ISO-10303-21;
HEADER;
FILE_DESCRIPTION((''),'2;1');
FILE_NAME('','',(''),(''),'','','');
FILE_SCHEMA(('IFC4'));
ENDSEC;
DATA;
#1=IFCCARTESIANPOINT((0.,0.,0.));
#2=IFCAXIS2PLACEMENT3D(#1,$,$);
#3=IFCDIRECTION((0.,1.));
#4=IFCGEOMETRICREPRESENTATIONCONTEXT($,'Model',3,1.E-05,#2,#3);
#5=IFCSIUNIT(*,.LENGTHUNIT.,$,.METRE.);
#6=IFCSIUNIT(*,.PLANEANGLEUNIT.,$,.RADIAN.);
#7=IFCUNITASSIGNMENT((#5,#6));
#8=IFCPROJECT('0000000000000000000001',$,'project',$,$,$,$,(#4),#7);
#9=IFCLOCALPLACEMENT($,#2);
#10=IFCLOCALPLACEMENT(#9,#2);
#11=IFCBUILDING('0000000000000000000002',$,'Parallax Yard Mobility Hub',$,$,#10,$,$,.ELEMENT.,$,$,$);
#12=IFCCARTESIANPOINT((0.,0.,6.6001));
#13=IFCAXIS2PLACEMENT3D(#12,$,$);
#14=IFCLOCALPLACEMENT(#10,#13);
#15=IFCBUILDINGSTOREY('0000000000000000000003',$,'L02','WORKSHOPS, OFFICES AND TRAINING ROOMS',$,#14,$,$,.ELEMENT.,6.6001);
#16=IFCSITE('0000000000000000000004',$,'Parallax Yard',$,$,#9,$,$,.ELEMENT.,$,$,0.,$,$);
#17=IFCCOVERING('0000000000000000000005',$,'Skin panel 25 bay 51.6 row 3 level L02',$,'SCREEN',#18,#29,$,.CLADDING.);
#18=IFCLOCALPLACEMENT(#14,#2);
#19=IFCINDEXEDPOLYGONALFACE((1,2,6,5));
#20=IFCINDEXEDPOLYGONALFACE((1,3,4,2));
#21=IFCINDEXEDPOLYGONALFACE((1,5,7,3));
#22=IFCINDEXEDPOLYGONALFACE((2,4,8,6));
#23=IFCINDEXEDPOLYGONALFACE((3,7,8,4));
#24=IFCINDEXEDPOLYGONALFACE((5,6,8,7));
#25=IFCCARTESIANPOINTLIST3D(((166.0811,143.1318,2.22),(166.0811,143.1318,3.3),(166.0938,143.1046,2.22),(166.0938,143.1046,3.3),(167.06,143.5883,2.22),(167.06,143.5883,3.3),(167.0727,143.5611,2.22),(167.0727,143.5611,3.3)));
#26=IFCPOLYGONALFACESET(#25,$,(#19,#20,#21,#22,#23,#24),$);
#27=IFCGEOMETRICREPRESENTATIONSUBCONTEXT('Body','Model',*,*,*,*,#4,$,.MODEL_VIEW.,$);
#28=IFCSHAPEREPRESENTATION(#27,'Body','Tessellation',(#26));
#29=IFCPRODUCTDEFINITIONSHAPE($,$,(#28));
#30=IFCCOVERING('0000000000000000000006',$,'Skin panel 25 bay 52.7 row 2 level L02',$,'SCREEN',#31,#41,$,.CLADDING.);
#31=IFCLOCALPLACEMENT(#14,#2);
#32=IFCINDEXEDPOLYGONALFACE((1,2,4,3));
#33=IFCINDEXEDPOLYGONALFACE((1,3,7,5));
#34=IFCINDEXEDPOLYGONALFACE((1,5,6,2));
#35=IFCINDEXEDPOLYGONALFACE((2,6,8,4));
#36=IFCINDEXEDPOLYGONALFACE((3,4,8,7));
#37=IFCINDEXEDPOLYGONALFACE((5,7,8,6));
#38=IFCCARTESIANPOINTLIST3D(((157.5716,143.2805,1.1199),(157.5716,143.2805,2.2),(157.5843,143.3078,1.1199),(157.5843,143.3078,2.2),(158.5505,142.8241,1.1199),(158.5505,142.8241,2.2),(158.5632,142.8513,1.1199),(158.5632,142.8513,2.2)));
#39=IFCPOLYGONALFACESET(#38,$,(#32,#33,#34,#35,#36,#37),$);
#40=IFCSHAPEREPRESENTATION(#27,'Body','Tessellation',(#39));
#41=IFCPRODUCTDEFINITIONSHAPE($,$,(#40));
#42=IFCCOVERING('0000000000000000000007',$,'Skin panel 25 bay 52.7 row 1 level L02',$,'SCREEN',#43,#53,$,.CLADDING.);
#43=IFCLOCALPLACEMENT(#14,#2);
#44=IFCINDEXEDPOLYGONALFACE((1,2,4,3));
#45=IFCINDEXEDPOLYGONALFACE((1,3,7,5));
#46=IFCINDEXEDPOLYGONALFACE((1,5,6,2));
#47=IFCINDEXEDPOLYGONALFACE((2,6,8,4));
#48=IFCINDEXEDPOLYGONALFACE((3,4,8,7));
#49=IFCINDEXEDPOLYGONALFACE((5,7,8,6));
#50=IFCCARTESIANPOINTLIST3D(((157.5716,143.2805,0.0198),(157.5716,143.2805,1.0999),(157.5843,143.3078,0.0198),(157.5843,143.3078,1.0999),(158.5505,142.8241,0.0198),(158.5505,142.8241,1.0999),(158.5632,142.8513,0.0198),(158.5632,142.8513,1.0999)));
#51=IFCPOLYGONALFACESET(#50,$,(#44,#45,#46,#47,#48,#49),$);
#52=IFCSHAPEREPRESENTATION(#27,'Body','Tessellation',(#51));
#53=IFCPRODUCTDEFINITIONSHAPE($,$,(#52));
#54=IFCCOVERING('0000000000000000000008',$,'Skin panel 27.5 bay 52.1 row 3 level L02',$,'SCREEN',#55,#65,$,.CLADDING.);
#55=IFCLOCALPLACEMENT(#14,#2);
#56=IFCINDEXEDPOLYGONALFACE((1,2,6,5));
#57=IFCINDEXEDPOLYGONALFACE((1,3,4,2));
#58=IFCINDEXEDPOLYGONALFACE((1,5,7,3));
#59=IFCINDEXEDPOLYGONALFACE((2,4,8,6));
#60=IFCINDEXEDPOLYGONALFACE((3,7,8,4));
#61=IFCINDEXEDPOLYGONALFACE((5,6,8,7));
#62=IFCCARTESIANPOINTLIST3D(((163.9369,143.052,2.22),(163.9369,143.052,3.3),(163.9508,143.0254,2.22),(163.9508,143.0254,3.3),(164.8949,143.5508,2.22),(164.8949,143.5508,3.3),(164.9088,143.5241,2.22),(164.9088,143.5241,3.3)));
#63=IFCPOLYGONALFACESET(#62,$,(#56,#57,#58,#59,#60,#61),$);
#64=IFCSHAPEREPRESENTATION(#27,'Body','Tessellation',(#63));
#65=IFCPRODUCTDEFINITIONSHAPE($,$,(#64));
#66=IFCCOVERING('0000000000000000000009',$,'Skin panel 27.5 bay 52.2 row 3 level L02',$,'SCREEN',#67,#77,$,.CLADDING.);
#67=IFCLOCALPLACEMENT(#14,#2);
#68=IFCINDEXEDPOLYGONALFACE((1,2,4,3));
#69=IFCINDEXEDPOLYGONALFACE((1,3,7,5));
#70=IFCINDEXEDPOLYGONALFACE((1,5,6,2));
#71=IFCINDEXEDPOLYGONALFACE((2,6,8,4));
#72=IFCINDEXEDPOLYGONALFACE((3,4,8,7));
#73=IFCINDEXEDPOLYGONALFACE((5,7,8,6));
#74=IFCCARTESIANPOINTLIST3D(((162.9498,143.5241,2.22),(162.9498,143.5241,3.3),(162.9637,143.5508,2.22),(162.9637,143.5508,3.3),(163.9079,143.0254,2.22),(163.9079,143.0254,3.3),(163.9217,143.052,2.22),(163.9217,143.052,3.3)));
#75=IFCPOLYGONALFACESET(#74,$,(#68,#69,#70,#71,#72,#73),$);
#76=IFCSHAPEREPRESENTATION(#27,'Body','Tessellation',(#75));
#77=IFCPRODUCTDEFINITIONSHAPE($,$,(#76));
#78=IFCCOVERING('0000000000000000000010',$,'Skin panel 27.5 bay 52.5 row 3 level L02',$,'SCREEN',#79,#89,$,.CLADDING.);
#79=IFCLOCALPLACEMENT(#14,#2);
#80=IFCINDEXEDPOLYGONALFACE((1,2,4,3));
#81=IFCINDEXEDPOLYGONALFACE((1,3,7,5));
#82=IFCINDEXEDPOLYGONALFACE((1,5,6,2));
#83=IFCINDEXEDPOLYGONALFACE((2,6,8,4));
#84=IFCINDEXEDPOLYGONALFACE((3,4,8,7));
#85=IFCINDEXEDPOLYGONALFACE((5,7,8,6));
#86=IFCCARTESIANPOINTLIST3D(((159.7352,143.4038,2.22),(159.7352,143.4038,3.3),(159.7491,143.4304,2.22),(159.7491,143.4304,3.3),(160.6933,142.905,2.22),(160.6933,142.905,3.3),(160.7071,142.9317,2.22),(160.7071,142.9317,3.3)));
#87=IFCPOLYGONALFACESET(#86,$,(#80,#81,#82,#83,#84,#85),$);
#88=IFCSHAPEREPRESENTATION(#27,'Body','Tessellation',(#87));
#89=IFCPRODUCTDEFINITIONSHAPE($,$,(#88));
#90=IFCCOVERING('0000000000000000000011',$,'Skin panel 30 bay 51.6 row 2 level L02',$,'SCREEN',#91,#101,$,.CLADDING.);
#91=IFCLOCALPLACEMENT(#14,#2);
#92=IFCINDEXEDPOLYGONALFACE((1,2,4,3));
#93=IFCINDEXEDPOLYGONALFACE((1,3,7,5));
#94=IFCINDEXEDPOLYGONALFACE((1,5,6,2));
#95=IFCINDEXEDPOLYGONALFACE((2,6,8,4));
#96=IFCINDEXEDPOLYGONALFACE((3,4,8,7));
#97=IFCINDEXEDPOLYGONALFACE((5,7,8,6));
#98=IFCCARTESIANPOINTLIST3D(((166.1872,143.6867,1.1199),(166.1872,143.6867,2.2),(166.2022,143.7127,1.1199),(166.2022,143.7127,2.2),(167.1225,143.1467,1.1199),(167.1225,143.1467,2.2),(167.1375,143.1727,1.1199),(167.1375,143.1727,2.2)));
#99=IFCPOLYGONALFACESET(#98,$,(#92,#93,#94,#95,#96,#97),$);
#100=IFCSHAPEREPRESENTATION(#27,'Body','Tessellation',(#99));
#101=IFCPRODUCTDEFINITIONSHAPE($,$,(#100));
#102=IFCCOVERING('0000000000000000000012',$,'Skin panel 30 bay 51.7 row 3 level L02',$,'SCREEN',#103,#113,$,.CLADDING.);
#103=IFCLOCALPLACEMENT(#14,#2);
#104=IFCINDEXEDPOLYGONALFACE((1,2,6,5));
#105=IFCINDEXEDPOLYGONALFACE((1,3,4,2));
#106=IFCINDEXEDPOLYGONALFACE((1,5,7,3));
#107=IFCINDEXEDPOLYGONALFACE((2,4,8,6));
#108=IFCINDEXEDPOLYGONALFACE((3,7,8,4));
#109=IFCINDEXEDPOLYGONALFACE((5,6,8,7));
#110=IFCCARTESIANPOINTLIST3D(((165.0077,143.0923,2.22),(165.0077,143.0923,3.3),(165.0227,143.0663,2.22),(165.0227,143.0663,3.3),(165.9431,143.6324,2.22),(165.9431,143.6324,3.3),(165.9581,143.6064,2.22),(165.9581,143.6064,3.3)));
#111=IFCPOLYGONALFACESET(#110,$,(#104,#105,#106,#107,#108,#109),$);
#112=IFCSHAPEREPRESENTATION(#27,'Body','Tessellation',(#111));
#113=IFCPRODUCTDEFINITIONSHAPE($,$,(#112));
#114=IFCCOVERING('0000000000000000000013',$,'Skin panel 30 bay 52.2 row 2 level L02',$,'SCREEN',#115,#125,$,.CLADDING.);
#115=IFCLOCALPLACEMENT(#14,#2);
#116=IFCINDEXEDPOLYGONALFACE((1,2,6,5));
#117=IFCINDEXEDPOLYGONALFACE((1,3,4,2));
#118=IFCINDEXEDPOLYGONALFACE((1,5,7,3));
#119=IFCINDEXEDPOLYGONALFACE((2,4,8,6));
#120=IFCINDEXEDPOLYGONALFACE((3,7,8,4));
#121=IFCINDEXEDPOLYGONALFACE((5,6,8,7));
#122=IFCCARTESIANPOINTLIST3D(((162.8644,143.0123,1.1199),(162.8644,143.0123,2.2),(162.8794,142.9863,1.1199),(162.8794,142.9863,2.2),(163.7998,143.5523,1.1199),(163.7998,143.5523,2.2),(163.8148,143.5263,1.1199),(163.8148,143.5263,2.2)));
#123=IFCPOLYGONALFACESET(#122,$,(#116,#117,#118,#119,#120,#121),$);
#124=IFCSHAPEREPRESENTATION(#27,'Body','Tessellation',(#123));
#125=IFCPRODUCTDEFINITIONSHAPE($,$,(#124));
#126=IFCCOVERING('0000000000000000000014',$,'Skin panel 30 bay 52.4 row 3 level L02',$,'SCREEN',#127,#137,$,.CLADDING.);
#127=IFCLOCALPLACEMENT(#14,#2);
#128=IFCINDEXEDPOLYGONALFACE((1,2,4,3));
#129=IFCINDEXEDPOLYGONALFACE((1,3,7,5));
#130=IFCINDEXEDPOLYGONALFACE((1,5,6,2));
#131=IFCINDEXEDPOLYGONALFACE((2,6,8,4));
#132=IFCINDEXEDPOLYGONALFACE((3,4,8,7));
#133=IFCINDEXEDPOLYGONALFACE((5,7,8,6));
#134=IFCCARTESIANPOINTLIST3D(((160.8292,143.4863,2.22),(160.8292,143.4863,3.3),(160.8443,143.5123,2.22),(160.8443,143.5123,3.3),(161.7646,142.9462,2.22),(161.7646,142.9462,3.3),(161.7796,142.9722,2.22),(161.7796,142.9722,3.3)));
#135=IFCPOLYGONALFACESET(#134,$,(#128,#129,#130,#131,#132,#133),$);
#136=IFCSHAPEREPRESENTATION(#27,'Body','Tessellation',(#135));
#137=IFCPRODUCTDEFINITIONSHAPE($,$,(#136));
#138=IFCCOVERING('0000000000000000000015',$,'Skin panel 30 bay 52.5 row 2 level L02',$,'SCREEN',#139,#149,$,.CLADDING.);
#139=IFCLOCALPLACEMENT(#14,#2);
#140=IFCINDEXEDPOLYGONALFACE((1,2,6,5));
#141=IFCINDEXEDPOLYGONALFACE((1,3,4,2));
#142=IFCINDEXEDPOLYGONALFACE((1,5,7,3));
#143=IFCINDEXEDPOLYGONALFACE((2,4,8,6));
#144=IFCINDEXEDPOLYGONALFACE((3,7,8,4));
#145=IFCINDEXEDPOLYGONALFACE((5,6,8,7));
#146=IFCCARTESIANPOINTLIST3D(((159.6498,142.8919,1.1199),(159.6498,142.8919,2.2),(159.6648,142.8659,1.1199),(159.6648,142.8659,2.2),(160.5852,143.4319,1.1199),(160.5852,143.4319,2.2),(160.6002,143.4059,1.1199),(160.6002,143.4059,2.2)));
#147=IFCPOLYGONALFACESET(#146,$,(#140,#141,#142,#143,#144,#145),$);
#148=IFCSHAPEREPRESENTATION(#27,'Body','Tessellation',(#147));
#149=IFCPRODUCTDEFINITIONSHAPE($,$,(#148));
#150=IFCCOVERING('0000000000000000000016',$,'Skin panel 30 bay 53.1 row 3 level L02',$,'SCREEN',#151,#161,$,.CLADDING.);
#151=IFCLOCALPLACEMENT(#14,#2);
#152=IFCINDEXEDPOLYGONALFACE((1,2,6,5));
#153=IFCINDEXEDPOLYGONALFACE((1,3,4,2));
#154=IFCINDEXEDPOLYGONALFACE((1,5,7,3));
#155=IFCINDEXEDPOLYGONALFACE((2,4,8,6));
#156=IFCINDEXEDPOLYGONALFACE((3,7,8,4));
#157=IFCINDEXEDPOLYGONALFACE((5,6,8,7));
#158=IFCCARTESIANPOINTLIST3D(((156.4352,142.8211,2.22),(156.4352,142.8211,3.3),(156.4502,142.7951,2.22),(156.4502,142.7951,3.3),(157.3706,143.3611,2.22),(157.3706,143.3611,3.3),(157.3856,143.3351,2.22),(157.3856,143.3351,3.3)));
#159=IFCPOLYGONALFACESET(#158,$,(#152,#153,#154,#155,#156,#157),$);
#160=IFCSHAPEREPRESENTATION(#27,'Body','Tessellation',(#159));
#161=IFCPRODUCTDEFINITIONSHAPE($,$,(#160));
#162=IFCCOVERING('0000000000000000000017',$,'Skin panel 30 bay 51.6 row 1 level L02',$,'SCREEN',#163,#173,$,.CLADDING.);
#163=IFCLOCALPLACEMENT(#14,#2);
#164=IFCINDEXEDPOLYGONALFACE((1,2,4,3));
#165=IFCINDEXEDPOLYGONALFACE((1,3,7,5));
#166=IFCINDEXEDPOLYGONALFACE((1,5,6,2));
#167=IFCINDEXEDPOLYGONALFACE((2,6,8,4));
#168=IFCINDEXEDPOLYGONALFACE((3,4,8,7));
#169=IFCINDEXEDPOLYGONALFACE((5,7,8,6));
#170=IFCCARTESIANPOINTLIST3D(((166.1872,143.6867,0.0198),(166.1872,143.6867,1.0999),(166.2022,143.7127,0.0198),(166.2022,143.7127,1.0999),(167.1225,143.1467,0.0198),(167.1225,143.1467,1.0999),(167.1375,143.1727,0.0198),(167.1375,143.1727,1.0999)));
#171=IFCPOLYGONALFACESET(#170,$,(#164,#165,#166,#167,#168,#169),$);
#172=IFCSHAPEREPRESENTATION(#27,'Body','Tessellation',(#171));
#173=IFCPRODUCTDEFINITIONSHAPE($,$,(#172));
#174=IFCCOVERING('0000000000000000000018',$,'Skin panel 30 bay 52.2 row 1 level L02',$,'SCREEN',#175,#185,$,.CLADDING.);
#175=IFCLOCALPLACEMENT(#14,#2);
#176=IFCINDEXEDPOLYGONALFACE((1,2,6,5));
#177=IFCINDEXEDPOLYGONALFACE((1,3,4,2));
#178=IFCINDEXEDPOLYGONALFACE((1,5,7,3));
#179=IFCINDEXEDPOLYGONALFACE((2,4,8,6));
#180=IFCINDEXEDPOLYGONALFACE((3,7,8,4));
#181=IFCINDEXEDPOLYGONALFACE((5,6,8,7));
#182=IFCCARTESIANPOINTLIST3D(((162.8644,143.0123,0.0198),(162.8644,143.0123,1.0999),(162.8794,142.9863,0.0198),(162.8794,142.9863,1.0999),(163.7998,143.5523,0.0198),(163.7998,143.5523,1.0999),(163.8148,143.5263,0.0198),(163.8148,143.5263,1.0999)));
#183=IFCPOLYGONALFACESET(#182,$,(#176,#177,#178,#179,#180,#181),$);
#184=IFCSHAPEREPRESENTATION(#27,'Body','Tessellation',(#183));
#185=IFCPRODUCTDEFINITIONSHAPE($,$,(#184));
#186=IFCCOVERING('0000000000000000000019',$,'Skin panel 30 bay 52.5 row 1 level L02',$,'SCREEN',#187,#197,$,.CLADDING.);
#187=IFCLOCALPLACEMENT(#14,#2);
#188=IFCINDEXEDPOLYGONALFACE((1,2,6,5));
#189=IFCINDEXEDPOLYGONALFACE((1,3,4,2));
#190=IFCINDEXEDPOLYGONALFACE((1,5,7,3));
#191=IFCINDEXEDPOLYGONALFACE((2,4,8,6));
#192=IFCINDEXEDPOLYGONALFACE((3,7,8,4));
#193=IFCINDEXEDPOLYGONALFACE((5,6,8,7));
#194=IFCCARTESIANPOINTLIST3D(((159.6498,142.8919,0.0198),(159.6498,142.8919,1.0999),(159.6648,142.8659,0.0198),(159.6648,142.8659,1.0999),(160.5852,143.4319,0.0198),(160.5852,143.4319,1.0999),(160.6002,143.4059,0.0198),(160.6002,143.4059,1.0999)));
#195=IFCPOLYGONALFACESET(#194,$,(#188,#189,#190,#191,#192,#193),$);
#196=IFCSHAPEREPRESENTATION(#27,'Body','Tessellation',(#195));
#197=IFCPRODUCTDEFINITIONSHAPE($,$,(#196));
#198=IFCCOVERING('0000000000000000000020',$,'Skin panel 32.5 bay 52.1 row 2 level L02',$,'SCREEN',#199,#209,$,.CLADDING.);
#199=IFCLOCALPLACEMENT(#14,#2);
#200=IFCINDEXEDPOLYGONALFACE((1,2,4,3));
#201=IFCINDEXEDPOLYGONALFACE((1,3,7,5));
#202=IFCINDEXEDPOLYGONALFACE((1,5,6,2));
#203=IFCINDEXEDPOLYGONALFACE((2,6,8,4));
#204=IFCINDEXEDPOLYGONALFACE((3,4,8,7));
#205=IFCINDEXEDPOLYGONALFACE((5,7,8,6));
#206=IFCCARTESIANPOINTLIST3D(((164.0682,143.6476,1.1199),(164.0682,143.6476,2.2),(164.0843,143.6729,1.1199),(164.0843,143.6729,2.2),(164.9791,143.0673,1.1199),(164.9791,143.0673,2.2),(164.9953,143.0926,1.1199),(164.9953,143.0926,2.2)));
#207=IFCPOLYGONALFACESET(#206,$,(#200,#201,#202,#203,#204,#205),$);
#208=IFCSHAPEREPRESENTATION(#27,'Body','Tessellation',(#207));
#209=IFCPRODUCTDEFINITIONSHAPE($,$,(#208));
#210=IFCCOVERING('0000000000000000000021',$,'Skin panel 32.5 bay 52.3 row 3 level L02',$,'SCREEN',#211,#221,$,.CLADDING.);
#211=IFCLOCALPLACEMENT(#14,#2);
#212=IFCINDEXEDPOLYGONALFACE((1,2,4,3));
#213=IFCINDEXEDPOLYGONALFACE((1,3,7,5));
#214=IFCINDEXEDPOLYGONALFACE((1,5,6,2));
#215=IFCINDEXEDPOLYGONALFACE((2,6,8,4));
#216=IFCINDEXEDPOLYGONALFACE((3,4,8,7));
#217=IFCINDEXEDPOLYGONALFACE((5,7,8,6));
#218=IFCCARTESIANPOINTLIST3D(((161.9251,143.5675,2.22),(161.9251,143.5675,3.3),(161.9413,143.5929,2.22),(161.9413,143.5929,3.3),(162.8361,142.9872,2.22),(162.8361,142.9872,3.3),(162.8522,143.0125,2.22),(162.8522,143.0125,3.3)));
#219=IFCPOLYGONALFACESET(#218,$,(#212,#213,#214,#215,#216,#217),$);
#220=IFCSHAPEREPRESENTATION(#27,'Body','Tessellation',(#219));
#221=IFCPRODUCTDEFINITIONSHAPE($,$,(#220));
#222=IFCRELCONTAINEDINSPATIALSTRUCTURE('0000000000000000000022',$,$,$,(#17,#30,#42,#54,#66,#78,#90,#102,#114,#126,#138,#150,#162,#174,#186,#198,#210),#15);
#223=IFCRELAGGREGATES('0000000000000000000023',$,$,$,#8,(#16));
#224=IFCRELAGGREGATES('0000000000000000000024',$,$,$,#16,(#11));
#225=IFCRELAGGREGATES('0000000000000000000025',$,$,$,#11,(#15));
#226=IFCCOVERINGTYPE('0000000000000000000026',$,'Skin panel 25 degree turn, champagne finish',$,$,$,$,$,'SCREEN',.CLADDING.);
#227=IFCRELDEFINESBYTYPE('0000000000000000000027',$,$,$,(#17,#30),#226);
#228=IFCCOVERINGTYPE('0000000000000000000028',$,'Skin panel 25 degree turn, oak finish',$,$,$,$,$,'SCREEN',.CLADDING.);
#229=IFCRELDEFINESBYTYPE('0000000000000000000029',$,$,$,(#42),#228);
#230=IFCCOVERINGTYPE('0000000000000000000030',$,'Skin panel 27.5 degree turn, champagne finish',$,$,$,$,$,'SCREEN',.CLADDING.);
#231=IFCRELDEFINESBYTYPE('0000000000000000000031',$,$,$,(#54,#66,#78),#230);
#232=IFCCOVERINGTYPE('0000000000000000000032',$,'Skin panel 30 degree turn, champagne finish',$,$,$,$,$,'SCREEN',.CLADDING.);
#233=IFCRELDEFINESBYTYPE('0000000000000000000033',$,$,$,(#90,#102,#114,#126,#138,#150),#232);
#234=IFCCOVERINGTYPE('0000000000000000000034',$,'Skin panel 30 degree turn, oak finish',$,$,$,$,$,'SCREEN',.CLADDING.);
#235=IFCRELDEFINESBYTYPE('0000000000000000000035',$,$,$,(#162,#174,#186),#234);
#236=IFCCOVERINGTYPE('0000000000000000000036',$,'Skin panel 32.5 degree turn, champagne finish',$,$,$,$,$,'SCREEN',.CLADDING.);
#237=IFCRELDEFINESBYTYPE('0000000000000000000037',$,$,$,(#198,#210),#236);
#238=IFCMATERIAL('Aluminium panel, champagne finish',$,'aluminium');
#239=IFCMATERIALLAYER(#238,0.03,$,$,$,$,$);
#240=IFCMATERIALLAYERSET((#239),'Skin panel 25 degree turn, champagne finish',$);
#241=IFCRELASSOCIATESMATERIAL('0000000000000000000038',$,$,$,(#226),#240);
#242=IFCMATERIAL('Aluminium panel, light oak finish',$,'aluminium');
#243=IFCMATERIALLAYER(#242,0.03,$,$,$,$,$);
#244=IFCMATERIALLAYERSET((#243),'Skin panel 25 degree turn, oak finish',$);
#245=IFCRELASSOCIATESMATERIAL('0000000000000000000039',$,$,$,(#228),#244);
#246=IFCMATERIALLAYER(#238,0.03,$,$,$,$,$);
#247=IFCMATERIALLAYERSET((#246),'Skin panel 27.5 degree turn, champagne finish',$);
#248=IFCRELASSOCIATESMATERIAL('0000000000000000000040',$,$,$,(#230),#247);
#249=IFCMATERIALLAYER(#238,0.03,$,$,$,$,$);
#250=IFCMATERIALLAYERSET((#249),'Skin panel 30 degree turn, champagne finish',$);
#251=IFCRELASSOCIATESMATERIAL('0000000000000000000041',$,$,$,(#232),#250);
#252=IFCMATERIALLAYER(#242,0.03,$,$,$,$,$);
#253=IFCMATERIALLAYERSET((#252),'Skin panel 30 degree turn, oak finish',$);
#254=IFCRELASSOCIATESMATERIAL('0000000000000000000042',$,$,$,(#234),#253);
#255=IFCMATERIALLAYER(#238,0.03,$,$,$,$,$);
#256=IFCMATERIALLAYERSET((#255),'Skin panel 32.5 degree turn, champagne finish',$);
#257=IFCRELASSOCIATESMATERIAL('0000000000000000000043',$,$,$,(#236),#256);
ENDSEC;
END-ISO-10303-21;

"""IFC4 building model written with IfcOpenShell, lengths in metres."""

from ifc_helpers import new_model, si_unit, direction, frame, origin, origin_2d, place, context, subcontext, project, spatial, rectangle, extrude, material, layer, layer_set, type_object, element, save


model = new_model("IFC4")

# Units and contexts
model_context = context("Model", 3, precision=1e-05, world=origin(), true_north=direction((0.0, 1.0)))
body_context = subcontext(model_context, "Body", "Model", "MODEL_VIEW")
ifc_project = project(units=[si_unit("LENGTHUNIT", "METRE"), si_unit("PLANEANGLEUNIT", "RADIAN")], contexts=[model_context])

# Site, building, storey
site_placement = place(None, origin())
site = spatial("IfcSite", under=ifc_project, at=site_placement, Name="Parallax Yard", CompositionType="ELEMENT", RefElevation=0.0)
building_placement = place(site_placement, origin())
building = spatial("IfcBuilding", under=site, at=building_placement, Name="Parallax Yard Mobility Hub", CompositionType="ELEMENT")
storey_placement = place(building_placement, frame((0.0, 0.0, 6.6001)))
storey = spatial("IfcBuildingStorey", under=building, at=storey_placement, Name="L02", Description="WORKSHOPS, OFFICES AND TRAINING ROOMS", CompositionType="ELEMENT", Elevation=6.6001)

# Coverings
ifc_material_1 = material(Name="Aluminium panel, champagne finish", Category="aluminium")
ifc_layer_1 = layer(ifc_material_1, 0.03)
ifc_layer_set_1 = layer_set([ifc_layer_1], Name="Skin panel 25 degree turn, champagne finish")
covering_type_1 = type_object("IfcCoveringType", Name="Skin panel 25 degree turn, champagne finish", ElementType="SCREEN", PredefinedType="CLADDING", material=ifc_layer_set_1)
for number, where, z_axis, x_axis, name in (
    (1, (166.5769, 143.3464, 2.22), (0.0, 0.0, 1.0), (0.906308, 0.422618, 0.0), "Skin panel 25 bay 51.6 row 3 level L02"),
    (2, (158.0674, 143.0659, 1.1199), (0.0, 0.0, 1.0), (-0.906308, 0.422618, 0.0), "Skin panel 25 bay 52.7 row 2 level L02"),
):
    element("IfcCovering", number, at=place(storey_placement, frame(where, z_axis=z_axis, x_axis=x_axis)), inside=storey, type_object=covering_type_1, Name=name, ObjectType="SCREEN", PredefinedType="CLADDING", context=body_context, shape_type="SweptSolid", body=[
        extrude(rectangle(XDim=1.0801, YDim=0.03, at=origin_2d()), origin(), (0.0, 0.0, 1.0), 1.0801),
    ])
ifc_material_2 = material(Name="Aluminium panel, light oak finish", Category="aluminium")
ifc_layer_2 = layer(ifc_material_2, 0.03)
ifc_layer_set_2 = layer_set([ifc_layer_2], Name="Skin panel 25 degree turn, oak finish")
covering_type_2 = type_object("IfcCoveringType", Name="Skin panel 25 degree turn, oak finish", ElementType="SCREEN", PredefinedType="CLADDING", material=ifc_layer_set_2)
covering_placement = place(storey_placement, frame((158.0674, 143.0659, 0.0198), z_axis=(0.0, 0.0, 1.0), x_axis=(-0.906308, 0.422618, 0.0)))
element("IfcCovering", 3, at=covering_placement, inside=storey, type_object=covering_type_2, Name="Skin panel 25 bay 52.7 row 1 level L02", ObjectType="SCREEN", PredefinedType="CLADDING", context=body_context, shape_type="SweptSolid", body=[
    extrude(rectangle(XDim=1.0801, YDim=0.03, at=origin_2d()), origin(), (0.0, 0.0, 1.0), 1.0801),
])
ifc_layer_3 = layer(ifc_material_1, 0.03)
ifc_layer_set_3 = layer_set([ifc_layer_3], Name="Skin panel 27.5 degree turn, champagne finish")
covering_type_3 = type_object("IfcCoveringType", Name="Skin panel 27.5 degree turn, champagne finish", ElementType="SCREEN", PredefinedType="CLADDING", material=ifc_layer_set_3)
for number, where, z_axis, x_axis, name in (
    (4, (164.4229, 143.2881, 2.22), (0.0, 0.0, 1.0), (0.887011, 0.461749, 0.0), "Skin panel 27.5 bay 52.1 row 3 level L02"),
    (5, (163.4358, 143.2881, 2.22), (0.0, 0.0, 1.0), (-0.887011, 0.461749, 0.0), "Skin panel 27.5 bay 52.2 row 3 level L02"),
    (6, (160.2212, 143.1677, 2.22), (0.0, 0.0, 1.0), (-0.887011, 0.461749, 0.0), "Skin panel 27.5 bay 52.5 row 3 level L02"),
):
    element("IfcCovering", number, at=place(storey_placement, frame(where, z_axis=z_axis, x_axis=x_axis)), inside=storey, type_object=covering_type_3, Name=name, ObjectType="SCREEN", PredefinedType="CLADDING", context=body_context, shape_type="SweptSolid", body=[
        extrude(rectangle(XDim=1.0801, YDim=0.03, at=origin_2d()), origin(), (0.0, 0.0, 1.0), 1.0801),
    ])
ifc_layer_4 = layer(ifc_material_1, 0.03)
ifc_layer_set_4 = layer_set([ifc_layer_4], Name="Skin panel 30 degree turn, champagne finish")
covering_type_4 = type_object("IfcCoveringType", Name="Skin panel 30 degree turn, champagne finish", ElementType="SCREEN", PredefinedType="CLADDING", material=ifc_layer_set_4)
for number, where, z_axis, x_axis, name in (
    (7, (166.6624, 143.4297, 1.1199), (0.0, 0.0, 1.0), (-0.866025, 0.5, 0.0), "Skin panel 30 bay 51.6 row 2 level L02"),
    (8, (165.4829, 143.3494, 2.22), (0.0, 0.0, 1.0), (0.866025, 0.5, 0.0), "Skin panel 30 bay 51.7 row 3 level L02"),
    (9, (163.3396, 143.2693, 1.1199), (0.0, 0.0, 1.0), (0.866025, 0.5, 0.0), "Skin panel 30 bay 52.2 row 2 level L02"),
    (10, (161.3044, 143.2292, 2.22), (0.0, 0.0, 1.0), (-0.866025, 0.5, 0.0), "Skin panel 30 bay 52.4 row 3 level L02"),
    (11, (160.125, 143.1489, 1.1199), (0.0, 0.0, 1.0), (0.866025, 0.5, 0.0), "Skin panel 30 bay 52.5 row 2 level L02"),
    (12, (156.9104, 143.0781, 2.22), (0.0, 0.0, 1.0), (0.866025, 0.5, 0.0), "Skin panel 30 bay 53.1 row 3 level L02"),
):
    element("IfcCovering", number, at=place(storey_placement, frame(where, z_axis=z_axis, x_axis=x_axis)), inside=storey, type_object=covering_type_4, Name=name, ObjectType="SCREEN", PredefinedType="CLADDING", context=body_context, shape_type="SweptSolid", body=[
        extrude(rectangle(XDim=1.0801, YDim=0.03, at=origin_2d()), origin(), (0.0, 0.0, 1.0), 1.0801),
    ])
ifc_layer_5 = layer(ifc_material_2, 0.03)
ifc_layer_set_5 = layer_set([ifc_layer_5], Name="Skin panel 30 degree turn, oak finish")
covering_type_5 = type_object("IfcCoveringType", Name="Skin panel 30 degree turn, oak finish", ElementType="SCREEN", PredefinedType="CLADDING", material=ifc_layer_set_5)
for number, where, z_axis, x_axis, name in (
    (13, (166.6624, 143.4297, 0.0198), (0.0, 0.0, 1.0), (-0.866025, 0.5, 0.0), "Skin panel 30 bay 51.6 row 1 level L02"),
    (14, (163.3396, 143.2693, 0.0198), (0.0, 0.0, 1.0), (0.866025, 0.5, 0.0), "Skin panel 30 bay 52.2 row 1 level L02"),
    (15, (160.125, 143.1489, 0.0198), (0.0, 0.0, 1.0), (0.866025, 0.5, 0.0), "Skin panel 30 bay 52.5 row 1 level L02"),
):
    element("IfcCovering", number, at=place(storey_placement, frame(where, z_axis=z_axis, x_axis=x_axis)), inside=storey, type_object=covering_type_5, Name=name, ObjectType="SCREEN", PredefinedType="CLADDING", context=body_context, shape_type="SweptSolid", body=[
        extrude(rectangle(XDim=1.0801, YDim=0.03, at=origin_2d()), origin(), (0.0, 0.0, 1.0), 1.0801),
    ])
ifc_layer_6 = layer(ifc_material_1, 0.03)
ifc_layer_set_6 = layer_set([ifc_layer_6], Name="Skin panel 32.5 degree turn, champagne finish")
covering_type_6 = type_object("IfcCoveringType", Name="Skin panel 32.5 degree turn, champagne finish", ElementType="SCREEN", PredefinedType="CLADDING", material=ifc_layer_set_6)
for number, where, z_axis, x_axis, name in (
    (16, (164.5317, 143.3701, 1.1199), (0.0, 0.0, 1.0), (-0.843391, 0.5373, 0.0), "Skin panel 32.5 bay 52.1 row 2 level L02"),
    (17, (162.3887, 143.29, 2.22), (0.0, 0.0, 1.0), (-0.843391, 0.5373, 0.0), "Skin panel 32.5 bay 52.3 row 3 level L02"),
):
    element("IfcCovering", number, at=place(storey_placement, frame(where, z_axis=z_axis, x_axis=x_axis)), inside=storey, type_object=covering_type_6, Name=name, ObjectType="SCREEN", PredefinedType="CLADDING", context=body_context, shape_type="SweptSolid", body=[
        extrude(rectangle(XDim=1.0801, YDim=0.03, at=origin_2d()), origin(), (0.0, 0.0, 1.0), 1.0801),
    ])

save(model, "model.ifc")
